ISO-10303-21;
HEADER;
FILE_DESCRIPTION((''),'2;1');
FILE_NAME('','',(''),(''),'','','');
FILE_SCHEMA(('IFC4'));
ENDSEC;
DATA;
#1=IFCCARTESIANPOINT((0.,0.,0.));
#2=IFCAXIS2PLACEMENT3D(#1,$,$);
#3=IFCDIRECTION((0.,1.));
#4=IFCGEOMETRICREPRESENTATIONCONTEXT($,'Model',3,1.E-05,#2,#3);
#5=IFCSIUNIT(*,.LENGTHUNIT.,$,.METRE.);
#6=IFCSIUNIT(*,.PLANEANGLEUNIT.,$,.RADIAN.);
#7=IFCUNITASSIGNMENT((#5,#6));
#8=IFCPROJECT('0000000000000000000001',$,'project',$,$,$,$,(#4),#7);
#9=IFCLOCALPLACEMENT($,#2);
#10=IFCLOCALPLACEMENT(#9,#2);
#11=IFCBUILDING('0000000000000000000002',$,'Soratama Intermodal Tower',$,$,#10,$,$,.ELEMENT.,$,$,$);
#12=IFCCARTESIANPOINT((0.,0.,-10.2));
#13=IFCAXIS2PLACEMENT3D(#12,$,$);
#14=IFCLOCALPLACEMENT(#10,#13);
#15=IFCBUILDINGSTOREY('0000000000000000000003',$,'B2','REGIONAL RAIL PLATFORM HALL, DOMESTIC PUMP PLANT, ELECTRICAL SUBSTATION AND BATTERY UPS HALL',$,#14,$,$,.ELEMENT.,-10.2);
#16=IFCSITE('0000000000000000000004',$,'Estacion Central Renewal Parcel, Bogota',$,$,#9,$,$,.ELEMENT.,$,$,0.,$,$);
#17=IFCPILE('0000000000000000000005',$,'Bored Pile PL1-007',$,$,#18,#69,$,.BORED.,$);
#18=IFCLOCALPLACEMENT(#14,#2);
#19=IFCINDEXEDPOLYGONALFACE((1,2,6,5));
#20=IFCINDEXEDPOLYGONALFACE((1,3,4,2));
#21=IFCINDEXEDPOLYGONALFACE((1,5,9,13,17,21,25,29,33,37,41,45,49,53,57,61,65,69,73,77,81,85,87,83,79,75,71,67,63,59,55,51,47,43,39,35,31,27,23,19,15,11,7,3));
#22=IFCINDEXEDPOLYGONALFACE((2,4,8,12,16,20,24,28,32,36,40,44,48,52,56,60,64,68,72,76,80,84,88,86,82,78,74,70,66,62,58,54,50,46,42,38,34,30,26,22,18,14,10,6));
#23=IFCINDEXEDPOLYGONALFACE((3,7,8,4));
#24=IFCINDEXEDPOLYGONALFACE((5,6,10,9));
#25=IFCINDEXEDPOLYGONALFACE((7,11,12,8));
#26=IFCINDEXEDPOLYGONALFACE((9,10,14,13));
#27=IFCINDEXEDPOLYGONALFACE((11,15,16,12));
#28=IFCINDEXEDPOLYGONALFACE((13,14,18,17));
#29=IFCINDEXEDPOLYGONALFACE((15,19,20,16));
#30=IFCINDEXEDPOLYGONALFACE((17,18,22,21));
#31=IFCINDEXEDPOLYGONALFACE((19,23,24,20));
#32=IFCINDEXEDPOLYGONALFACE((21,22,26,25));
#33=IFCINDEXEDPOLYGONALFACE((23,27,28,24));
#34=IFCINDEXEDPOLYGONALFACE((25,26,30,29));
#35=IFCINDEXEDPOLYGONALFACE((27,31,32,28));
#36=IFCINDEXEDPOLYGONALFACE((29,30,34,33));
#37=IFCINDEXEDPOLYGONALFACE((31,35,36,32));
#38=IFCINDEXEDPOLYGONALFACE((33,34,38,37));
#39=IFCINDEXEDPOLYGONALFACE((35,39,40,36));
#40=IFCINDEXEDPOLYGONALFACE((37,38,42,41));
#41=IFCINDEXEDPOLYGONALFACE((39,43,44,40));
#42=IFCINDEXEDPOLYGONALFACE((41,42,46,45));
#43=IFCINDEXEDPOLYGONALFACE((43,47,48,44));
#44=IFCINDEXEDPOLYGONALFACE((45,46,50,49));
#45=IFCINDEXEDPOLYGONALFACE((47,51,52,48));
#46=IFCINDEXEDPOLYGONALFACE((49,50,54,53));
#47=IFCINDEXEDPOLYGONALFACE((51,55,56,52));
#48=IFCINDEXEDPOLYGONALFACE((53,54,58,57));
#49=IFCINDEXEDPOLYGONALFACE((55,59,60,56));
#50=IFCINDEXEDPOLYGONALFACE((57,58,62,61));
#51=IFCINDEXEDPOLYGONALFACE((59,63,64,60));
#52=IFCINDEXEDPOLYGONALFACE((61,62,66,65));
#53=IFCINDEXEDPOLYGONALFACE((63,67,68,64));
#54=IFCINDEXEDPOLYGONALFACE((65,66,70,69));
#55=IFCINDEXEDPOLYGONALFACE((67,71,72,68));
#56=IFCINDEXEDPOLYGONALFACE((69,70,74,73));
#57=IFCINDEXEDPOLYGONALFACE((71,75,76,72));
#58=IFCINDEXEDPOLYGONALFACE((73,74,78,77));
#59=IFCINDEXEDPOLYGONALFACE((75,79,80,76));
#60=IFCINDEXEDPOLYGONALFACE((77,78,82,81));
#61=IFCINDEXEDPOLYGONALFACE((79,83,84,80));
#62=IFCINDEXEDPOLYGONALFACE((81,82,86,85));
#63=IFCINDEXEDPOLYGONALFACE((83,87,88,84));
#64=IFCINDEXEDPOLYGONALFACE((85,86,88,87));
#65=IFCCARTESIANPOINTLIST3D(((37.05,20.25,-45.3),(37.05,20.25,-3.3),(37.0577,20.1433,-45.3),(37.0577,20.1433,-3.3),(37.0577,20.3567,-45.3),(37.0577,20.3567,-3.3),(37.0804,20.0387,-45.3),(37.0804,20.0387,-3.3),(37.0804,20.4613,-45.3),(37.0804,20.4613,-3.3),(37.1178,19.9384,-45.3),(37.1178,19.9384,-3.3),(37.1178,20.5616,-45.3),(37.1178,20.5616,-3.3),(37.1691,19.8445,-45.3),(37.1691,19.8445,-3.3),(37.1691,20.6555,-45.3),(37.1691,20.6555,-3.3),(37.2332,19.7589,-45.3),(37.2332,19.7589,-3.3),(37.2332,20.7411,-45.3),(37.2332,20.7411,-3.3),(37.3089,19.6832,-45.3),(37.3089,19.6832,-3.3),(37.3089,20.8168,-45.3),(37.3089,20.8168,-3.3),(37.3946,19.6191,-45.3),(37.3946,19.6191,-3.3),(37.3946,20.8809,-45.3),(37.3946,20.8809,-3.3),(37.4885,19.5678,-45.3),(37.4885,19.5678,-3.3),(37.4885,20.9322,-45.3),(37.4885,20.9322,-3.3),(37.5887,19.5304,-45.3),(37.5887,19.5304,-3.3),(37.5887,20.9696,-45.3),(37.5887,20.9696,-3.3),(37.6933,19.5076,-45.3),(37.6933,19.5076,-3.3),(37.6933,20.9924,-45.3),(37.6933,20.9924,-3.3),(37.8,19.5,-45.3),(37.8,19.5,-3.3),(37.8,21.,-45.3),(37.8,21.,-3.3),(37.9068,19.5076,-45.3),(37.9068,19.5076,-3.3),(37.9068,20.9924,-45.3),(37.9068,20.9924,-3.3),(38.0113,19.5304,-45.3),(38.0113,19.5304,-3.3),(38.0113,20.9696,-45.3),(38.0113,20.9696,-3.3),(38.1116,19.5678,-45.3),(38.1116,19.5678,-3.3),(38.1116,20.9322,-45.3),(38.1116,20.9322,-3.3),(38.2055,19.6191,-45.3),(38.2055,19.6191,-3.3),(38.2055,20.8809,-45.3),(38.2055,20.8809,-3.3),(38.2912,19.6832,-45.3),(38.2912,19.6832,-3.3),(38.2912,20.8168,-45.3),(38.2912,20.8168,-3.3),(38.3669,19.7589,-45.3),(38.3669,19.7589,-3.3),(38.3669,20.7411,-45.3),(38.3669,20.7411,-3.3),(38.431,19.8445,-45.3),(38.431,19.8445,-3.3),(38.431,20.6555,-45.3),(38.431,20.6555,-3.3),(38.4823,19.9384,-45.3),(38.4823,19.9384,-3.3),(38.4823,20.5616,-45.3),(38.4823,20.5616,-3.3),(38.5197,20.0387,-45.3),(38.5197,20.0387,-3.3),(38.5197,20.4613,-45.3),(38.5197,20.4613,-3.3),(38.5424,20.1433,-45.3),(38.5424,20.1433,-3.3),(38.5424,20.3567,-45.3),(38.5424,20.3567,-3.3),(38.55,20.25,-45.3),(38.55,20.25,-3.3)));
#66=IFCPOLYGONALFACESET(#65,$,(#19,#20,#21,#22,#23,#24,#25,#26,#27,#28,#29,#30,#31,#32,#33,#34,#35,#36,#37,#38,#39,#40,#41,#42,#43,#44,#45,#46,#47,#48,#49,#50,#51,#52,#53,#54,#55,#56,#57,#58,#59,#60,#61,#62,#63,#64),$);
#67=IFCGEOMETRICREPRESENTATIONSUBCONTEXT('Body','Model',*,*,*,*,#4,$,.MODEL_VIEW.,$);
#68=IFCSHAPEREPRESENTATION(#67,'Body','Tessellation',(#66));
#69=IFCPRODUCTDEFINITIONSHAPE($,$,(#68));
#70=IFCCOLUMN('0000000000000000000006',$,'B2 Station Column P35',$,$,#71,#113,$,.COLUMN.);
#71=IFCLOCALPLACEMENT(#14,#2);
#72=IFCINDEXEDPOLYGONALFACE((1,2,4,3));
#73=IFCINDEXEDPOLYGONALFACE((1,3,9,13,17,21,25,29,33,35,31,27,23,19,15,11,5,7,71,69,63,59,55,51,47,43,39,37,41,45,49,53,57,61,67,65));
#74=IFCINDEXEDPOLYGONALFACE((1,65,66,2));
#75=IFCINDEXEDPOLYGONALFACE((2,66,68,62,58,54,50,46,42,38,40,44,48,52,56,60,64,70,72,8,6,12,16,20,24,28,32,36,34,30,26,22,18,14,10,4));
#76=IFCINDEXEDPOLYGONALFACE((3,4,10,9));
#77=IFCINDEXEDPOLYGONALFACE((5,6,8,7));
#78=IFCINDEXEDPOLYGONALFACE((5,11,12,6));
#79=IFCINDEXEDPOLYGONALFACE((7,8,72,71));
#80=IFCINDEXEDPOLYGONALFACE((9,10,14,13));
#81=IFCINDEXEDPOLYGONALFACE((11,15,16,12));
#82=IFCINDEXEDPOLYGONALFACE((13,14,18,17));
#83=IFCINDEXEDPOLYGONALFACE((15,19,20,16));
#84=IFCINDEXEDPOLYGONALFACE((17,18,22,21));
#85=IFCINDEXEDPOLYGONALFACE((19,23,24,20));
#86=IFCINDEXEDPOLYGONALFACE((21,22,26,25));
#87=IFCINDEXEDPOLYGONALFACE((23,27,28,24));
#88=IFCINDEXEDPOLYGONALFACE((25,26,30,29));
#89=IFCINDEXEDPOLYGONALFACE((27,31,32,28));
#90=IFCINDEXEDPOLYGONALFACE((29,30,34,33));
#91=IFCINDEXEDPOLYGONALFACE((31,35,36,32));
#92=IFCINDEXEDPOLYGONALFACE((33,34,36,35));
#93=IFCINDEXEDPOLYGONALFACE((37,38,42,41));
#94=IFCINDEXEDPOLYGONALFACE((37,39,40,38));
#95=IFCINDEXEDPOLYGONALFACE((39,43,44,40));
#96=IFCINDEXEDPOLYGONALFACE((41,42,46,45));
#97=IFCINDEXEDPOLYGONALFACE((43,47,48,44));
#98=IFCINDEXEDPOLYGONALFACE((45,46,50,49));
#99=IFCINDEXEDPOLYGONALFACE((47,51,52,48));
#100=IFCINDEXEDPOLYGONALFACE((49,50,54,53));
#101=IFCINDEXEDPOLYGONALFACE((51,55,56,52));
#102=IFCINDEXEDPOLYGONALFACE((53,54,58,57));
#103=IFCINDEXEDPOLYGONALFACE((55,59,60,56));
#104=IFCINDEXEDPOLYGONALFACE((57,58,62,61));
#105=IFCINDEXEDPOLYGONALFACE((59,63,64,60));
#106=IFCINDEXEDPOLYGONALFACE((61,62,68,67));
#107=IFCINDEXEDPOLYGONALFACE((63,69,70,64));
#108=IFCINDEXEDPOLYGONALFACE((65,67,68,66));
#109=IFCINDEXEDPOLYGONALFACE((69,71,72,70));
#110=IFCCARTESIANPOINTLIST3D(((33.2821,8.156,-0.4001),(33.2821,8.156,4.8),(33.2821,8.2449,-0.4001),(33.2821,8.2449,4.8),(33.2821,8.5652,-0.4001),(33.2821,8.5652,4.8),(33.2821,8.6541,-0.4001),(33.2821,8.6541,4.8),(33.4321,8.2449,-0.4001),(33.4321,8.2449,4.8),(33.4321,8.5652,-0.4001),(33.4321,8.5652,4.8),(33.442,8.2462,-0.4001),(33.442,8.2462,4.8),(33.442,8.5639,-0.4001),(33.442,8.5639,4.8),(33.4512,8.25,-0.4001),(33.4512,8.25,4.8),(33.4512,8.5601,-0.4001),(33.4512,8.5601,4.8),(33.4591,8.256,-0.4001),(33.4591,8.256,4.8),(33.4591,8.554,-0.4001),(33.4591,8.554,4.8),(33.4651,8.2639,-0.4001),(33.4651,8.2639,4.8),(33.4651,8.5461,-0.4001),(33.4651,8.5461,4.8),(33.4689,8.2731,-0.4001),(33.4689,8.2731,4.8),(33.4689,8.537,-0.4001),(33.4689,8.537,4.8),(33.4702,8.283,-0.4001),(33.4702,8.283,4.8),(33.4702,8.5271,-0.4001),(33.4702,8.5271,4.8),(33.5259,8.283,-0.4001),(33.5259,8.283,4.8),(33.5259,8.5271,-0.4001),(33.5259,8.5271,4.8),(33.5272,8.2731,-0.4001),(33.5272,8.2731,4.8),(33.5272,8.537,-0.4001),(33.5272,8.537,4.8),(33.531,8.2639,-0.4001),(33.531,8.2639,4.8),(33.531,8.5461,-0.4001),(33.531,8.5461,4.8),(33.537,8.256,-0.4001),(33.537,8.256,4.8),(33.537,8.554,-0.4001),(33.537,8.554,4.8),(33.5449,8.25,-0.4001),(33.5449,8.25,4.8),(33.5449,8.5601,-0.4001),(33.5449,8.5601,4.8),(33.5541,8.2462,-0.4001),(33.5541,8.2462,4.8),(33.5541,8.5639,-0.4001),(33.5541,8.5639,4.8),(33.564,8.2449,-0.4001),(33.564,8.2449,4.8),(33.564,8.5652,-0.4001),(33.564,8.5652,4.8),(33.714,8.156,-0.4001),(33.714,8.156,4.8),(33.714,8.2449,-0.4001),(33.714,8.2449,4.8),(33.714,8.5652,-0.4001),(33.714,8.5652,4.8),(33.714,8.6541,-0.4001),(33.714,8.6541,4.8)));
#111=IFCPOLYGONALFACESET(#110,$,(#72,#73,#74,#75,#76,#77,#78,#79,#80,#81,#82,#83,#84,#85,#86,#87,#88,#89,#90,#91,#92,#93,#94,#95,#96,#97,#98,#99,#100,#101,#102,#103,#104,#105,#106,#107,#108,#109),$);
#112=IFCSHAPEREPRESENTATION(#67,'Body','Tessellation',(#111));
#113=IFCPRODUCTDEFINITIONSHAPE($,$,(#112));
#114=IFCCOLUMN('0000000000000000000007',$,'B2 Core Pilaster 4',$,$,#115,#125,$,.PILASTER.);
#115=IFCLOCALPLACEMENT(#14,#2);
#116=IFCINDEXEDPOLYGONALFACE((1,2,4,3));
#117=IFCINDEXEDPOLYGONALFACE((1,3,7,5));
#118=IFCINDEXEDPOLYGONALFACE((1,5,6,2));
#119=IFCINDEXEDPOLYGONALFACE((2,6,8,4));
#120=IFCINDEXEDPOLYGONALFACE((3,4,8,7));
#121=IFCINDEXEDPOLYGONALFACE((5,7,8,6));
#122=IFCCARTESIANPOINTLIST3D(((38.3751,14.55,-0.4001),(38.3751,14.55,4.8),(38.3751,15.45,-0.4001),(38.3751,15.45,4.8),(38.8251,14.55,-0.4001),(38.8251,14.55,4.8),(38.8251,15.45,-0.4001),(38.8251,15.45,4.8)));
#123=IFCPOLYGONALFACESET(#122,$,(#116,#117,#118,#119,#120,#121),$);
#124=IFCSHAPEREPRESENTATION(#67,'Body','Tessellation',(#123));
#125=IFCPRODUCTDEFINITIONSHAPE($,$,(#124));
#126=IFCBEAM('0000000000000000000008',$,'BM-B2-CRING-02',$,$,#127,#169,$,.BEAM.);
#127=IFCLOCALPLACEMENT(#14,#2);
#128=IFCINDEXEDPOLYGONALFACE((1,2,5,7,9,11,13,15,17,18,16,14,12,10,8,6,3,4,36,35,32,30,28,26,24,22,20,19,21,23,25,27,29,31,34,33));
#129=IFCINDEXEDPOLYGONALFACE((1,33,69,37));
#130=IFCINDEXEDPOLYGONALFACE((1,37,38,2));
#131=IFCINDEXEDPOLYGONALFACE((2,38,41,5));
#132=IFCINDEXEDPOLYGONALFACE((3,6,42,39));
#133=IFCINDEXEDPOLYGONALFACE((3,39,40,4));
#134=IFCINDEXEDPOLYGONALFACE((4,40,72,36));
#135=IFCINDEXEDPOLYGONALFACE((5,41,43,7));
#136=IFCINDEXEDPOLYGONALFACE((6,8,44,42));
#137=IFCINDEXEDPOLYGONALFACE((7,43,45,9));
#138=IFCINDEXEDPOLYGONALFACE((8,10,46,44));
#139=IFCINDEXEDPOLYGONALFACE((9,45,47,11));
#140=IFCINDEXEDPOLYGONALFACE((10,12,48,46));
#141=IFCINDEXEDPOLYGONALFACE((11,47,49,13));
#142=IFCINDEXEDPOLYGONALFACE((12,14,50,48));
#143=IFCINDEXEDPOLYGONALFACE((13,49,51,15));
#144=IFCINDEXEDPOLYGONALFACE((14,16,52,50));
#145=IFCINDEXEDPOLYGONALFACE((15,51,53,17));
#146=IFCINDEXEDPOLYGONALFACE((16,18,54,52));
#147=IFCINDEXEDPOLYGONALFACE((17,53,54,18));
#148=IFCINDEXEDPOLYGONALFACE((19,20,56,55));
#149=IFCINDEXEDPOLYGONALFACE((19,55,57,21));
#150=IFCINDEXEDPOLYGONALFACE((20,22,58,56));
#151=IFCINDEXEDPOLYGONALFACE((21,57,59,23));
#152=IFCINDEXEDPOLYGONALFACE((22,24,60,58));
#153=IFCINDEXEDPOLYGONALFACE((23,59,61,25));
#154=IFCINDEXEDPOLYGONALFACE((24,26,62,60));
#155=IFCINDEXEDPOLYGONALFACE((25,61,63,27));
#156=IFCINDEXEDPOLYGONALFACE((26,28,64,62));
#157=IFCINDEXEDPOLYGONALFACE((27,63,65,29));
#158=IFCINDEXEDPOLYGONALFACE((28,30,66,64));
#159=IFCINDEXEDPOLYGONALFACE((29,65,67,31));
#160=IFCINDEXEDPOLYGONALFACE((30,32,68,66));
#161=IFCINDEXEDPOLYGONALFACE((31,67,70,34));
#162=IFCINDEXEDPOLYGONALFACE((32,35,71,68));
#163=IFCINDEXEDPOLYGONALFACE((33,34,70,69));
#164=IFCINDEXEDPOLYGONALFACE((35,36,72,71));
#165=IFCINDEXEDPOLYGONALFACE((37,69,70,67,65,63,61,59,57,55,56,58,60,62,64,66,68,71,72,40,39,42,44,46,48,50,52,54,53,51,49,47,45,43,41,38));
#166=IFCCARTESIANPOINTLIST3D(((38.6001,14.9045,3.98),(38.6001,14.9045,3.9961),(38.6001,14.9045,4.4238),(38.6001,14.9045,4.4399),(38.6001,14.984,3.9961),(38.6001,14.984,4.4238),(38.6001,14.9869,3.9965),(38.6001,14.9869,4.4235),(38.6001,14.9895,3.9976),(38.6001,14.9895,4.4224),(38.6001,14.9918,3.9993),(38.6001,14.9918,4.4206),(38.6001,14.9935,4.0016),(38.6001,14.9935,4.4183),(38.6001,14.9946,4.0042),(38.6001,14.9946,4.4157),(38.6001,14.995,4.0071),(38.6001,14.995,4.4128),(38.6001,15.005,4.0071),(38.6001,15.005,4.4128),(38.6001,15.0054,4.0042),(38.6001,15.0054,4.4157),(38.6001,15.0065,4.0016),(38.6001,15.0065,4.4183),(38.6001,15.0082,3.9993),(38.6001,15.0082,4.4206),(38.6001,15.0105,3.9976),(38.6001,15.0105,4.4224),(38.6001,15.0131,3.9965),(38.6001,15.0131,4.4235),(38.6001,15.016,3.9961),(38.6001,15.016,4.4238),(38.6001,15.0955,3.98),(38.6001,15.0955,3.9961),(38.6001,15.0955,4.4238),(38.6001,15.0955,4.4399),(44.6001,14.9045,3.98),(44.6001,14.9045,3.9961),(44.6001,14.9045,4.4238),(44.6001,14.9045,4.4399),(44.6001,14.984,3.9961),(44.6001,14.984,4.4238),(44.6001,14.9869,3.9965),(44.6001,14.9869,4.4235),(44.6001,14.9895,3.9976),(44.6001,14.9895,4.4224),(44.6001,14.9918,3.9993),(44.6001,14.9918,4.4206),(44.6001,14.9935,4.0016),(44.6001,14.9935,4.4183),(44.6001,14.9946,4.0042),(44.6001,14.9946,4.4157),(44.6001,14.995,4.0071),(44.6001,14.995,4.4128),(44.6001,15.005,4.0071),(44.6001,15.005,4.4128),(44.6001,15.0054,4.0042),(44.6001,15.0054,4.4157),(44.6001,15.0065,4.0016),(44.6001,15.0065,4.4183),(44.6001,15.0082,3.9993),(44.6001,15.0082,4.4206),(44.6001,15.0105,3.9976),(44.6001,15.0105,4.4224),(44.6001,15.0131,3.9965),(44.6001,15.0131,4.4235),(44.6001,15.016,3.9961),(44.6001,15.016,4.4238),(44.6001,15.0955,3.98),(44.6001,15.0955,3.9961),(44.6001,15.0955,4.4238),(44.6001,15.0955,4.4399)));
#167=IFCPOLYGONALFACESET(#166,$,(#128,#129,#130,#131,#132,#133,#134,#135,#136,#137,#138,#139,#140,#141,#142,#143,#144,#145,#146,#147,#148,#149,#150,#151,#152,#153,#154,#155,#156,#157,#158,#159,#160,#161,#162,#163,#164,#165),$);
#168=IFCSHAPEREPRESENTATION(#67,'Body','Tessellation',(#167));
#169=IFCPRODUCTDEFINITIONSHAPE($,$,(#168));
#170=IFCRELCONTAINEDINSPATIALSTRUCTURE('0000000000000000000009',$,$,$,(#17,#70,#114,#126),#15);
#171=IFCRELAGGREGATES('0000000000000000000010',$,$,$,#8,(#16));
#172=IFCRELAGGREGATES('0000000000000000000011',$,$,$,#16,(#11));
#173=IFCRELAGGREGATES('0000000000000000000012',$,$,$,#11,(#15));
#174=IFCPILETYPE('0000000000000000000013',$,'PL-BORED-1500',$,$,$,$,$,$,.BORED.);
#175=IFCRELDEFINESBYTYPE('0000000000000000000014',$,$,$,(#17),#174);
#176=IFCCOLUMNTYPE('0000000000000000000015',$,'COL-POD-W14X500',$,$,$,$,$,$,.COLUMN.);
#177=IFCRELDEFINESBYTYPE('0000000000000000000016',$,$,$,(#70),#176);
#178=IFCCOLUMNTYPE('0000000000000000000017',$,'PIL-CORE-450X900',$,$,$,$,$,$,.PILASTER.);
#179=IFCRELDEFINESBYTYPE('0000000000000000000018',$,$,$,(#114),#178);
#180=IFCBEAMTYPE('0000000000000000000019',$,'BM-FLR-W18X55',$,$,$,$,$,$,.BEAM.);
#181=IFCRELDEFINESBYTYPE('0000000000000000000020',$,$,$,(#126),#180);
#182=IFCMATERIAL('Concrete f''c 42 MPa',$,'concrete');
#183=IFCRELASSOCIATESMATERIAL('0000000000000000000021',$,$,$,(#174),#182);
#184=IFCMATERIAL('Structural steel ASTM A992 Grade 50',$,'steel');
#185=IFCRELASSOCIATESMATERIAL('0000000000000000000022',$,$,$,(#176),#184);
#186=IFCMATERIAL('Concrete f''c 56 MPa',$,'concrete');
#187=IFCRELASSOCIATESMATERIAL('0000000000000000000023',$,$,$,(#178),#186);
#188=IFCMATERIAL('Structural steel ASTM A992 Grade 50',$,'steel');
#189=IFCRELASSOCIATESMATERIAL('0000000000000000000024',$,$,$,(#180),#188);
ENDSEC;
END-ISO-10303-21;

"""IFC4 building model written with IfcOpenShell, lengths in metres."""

from ifc_helpers import new_model, si_unit, direction, frame, origin, origin_2d, place, context, subcontext, project, spatial, rectangle, circle, i_section, extrude, material, material_profile, profile_set, type_object, element, save


model = new_model("IFC4")

# Units and contexts
model_context = context("Model", 3, precision=1e-05, world=origin(), true_north=direction((0.0, 1.0)))
body_context = subcontext(model_context, "Body", "Model", "MODEL_VIEW")
ifc_project = project(units=[si_unit("LENGTHUNIT", "METRE"), si_unit("PLANEANGLEUNIT", "RADIAN")], contexts=[model_context])

# Site, building, storey
site_placement = place(None, origin())
site = spatial("IfcSite", under=ifc_project, at=site_placement, Name="Estacion Central Renewal Parcel, Bogota", CompositionType="ELEMENT", RefElevation=0.0)
building_placement = place(site_placement, origin())
building = spatial("IfcBuilding", under=site, at=building_placement, Name="Soratama Intermodal Tower", CompositionType="ELEMENT")
storey_placement = place(building_placement, frame((0.0, 0.0, -10.2)))
storey = spatial("IfcBuildingStorey", under=building, at=storey_placement, Name="B2", Description="REGIONAL RAIL PLATFORM HALL, DOMESTIC PUMP PLANT, ELECTRICAL SUBSTATION AND BATTERY UPS HALL", CompositionType="ELEMENT", Elevation=-10.2)

# Pile
ifc_material_1 = material(Name="Concrete f'c 42 MPa", Category="concrete")
ifc_material_profile_1 = material_profile(ifc_material_1, circle(Radius=0.75, at=origin_2d()), Name="PILE1500")
ifc_profile_set_1 = profile_set([ifc_material_profile_1], Name="Concrete f'c 42 MPa")
pile_type = type_object("IfcPileType", Name="PL-BORED-1500", PredefinedType="BORED", material=ifc_profile_set_1)
for number, where, z_axis, x_axis, name in (
    (1, (37.8, 20.25, -3.3), (0.0, 0.0, -1.0), (1.0, 0.0, 0.0), "Bored Pile PL1-007"),
):
    element("IfcPile", number, at=place(storey_placement, frame(where, z_axis=z_axis, x_axis=x_axis)), inside=storey, type_object=pile_type, Name=name, PredefinedType="BORED", context=body_context, shape_type="SweptSolid", body=[
        extrude(circle(Radius=0.75, at=origin_2d()), origin(), (0.0, 0.0, 1.0), 42.0),
    ])

# Columns
ifc_material_2 = material(Name="Structural steel ASTM A992 Grade 50", Category="steel")
ifc_material_profile_2 = material_profile(ifc_material_2, i_section(OverallWidth=0.4319, OverallDepth=0.498, WebThickness=0.0557, FlangeThickness=0.0889, FilletRadius=0.0381, at=origin_2d()), Name="W14X500")
ifc_profile_set_2 = profile_set([ifc_material_profile_2], Name="Structural steel ASTM A992 Grade 50")
column_type_1 = type_object("IfcColumnType", Name="COL-POD-W14X500", PredefinedType="COLUMN", material=ifc_profile_set_2)
column_1_placement = place(storey_placement, frame((33.498, 8.405, -0.4001), z_axis=(0.0, 0.0, 1.0), x_axis=(1.0, 0.0, 0.0)))
element("IfcColumn", 2, at=column_1_placement, inside=storey, type_object=column_type_1, Name="B2 Station Column P35", PredefinedType="COLUMN", context=body_context, shape_type="SweptSolid", body=[
    extrude(i_section(OverallWidth=0.4319, OverallDepth=0.498, WebThickness=0.0557, FlangeThickness=0.0889, FilletRadius=0.0381, at=origin_2d()), origin(), (0.0, 0.0, 1.0), 5.2002),
])
ifc_material_3 = material(Name="Concrete f'c 56 MPa", Category="concrete")
ifc_material_profile_3 = material_profile(ifc_material_3, rectangle(XDim=0.45, YDim=0.8999, at=origin_2d()), Name="RC450X900")
ifc_profile_set_3 = profile_set([ifc_material_profile_3], Name="Concrete f'c 56 MPa")
column_type_2 = type_object("IfcColumnType", Name="PIL-CORE-450X900", PredefinedType="PILASTER", material=ifc_profile_set_3)
column_2_placement = place(storey_placement, frame((38.6001, 15.0, -0.4001), z_axis=(0.0, 0.0, 1.0), x_axis=(1.0, 0.0, 0.0)))
element("IfcColumn", 3, at=column_2_placement, inside=storey, type_object=column_type_2, Name="B2 Core Pilaster 4", PredefinedType="PILASTER", context=body_context, shape_type="SweptSolid", body=[
    extrude(rectangle(XDim=0.45, YDim=0.8999, at=origin_2d()), origin(), (0.0, 0.0, 1.0), 5.2002),
])

# Beam
ifc_material_4 = material(Name="Structural steel ASTM A992 Grade 50", Category="steel")
ifc_material_profile_4 = material_profile(ifc_material_4, i_section(OverallWidth=0.1909, OverallDepth=0.46, WebThickness=0.01, FlangeThickness=0.0161, FilletRadius=0.011, at=origin_2d()), Name="W18X55")
ifc_profile_set_4 = profile_set([ifc_material_profile_4], Name="Structural steel ASTM A992 Grade 50")
beam_type = type_object("IfcBeamType", Name="BM-FLR-W18X55", PredefinedType="BEAM", material=ifc_profile_set_4)
beam_placement = place(storey_placement, frame((38.6001, 15.0, 4.21), z_axis=(1.0, 0.0, 0.0), x_axis=(0.0, 1.0, 0.0)))
element("IfcBeam", 4, at=beam_placement, inside=storey, type_object=beam_type, Name="BM-B2-CRING-02", PredefinedType="BEAM", context=body_context, shape_type="SweptSolid", body=[
    extrude(i_section(OverallWidth=0.1909, OverallDepth=0.46, WebThickness=0.01, FlangeThickness=0.0161, FilletRadius=0.011, at=origin_2d()), origin(), (0.0, 0.0, 1.0), 6.0),
])

save(model, "model.ifc")
